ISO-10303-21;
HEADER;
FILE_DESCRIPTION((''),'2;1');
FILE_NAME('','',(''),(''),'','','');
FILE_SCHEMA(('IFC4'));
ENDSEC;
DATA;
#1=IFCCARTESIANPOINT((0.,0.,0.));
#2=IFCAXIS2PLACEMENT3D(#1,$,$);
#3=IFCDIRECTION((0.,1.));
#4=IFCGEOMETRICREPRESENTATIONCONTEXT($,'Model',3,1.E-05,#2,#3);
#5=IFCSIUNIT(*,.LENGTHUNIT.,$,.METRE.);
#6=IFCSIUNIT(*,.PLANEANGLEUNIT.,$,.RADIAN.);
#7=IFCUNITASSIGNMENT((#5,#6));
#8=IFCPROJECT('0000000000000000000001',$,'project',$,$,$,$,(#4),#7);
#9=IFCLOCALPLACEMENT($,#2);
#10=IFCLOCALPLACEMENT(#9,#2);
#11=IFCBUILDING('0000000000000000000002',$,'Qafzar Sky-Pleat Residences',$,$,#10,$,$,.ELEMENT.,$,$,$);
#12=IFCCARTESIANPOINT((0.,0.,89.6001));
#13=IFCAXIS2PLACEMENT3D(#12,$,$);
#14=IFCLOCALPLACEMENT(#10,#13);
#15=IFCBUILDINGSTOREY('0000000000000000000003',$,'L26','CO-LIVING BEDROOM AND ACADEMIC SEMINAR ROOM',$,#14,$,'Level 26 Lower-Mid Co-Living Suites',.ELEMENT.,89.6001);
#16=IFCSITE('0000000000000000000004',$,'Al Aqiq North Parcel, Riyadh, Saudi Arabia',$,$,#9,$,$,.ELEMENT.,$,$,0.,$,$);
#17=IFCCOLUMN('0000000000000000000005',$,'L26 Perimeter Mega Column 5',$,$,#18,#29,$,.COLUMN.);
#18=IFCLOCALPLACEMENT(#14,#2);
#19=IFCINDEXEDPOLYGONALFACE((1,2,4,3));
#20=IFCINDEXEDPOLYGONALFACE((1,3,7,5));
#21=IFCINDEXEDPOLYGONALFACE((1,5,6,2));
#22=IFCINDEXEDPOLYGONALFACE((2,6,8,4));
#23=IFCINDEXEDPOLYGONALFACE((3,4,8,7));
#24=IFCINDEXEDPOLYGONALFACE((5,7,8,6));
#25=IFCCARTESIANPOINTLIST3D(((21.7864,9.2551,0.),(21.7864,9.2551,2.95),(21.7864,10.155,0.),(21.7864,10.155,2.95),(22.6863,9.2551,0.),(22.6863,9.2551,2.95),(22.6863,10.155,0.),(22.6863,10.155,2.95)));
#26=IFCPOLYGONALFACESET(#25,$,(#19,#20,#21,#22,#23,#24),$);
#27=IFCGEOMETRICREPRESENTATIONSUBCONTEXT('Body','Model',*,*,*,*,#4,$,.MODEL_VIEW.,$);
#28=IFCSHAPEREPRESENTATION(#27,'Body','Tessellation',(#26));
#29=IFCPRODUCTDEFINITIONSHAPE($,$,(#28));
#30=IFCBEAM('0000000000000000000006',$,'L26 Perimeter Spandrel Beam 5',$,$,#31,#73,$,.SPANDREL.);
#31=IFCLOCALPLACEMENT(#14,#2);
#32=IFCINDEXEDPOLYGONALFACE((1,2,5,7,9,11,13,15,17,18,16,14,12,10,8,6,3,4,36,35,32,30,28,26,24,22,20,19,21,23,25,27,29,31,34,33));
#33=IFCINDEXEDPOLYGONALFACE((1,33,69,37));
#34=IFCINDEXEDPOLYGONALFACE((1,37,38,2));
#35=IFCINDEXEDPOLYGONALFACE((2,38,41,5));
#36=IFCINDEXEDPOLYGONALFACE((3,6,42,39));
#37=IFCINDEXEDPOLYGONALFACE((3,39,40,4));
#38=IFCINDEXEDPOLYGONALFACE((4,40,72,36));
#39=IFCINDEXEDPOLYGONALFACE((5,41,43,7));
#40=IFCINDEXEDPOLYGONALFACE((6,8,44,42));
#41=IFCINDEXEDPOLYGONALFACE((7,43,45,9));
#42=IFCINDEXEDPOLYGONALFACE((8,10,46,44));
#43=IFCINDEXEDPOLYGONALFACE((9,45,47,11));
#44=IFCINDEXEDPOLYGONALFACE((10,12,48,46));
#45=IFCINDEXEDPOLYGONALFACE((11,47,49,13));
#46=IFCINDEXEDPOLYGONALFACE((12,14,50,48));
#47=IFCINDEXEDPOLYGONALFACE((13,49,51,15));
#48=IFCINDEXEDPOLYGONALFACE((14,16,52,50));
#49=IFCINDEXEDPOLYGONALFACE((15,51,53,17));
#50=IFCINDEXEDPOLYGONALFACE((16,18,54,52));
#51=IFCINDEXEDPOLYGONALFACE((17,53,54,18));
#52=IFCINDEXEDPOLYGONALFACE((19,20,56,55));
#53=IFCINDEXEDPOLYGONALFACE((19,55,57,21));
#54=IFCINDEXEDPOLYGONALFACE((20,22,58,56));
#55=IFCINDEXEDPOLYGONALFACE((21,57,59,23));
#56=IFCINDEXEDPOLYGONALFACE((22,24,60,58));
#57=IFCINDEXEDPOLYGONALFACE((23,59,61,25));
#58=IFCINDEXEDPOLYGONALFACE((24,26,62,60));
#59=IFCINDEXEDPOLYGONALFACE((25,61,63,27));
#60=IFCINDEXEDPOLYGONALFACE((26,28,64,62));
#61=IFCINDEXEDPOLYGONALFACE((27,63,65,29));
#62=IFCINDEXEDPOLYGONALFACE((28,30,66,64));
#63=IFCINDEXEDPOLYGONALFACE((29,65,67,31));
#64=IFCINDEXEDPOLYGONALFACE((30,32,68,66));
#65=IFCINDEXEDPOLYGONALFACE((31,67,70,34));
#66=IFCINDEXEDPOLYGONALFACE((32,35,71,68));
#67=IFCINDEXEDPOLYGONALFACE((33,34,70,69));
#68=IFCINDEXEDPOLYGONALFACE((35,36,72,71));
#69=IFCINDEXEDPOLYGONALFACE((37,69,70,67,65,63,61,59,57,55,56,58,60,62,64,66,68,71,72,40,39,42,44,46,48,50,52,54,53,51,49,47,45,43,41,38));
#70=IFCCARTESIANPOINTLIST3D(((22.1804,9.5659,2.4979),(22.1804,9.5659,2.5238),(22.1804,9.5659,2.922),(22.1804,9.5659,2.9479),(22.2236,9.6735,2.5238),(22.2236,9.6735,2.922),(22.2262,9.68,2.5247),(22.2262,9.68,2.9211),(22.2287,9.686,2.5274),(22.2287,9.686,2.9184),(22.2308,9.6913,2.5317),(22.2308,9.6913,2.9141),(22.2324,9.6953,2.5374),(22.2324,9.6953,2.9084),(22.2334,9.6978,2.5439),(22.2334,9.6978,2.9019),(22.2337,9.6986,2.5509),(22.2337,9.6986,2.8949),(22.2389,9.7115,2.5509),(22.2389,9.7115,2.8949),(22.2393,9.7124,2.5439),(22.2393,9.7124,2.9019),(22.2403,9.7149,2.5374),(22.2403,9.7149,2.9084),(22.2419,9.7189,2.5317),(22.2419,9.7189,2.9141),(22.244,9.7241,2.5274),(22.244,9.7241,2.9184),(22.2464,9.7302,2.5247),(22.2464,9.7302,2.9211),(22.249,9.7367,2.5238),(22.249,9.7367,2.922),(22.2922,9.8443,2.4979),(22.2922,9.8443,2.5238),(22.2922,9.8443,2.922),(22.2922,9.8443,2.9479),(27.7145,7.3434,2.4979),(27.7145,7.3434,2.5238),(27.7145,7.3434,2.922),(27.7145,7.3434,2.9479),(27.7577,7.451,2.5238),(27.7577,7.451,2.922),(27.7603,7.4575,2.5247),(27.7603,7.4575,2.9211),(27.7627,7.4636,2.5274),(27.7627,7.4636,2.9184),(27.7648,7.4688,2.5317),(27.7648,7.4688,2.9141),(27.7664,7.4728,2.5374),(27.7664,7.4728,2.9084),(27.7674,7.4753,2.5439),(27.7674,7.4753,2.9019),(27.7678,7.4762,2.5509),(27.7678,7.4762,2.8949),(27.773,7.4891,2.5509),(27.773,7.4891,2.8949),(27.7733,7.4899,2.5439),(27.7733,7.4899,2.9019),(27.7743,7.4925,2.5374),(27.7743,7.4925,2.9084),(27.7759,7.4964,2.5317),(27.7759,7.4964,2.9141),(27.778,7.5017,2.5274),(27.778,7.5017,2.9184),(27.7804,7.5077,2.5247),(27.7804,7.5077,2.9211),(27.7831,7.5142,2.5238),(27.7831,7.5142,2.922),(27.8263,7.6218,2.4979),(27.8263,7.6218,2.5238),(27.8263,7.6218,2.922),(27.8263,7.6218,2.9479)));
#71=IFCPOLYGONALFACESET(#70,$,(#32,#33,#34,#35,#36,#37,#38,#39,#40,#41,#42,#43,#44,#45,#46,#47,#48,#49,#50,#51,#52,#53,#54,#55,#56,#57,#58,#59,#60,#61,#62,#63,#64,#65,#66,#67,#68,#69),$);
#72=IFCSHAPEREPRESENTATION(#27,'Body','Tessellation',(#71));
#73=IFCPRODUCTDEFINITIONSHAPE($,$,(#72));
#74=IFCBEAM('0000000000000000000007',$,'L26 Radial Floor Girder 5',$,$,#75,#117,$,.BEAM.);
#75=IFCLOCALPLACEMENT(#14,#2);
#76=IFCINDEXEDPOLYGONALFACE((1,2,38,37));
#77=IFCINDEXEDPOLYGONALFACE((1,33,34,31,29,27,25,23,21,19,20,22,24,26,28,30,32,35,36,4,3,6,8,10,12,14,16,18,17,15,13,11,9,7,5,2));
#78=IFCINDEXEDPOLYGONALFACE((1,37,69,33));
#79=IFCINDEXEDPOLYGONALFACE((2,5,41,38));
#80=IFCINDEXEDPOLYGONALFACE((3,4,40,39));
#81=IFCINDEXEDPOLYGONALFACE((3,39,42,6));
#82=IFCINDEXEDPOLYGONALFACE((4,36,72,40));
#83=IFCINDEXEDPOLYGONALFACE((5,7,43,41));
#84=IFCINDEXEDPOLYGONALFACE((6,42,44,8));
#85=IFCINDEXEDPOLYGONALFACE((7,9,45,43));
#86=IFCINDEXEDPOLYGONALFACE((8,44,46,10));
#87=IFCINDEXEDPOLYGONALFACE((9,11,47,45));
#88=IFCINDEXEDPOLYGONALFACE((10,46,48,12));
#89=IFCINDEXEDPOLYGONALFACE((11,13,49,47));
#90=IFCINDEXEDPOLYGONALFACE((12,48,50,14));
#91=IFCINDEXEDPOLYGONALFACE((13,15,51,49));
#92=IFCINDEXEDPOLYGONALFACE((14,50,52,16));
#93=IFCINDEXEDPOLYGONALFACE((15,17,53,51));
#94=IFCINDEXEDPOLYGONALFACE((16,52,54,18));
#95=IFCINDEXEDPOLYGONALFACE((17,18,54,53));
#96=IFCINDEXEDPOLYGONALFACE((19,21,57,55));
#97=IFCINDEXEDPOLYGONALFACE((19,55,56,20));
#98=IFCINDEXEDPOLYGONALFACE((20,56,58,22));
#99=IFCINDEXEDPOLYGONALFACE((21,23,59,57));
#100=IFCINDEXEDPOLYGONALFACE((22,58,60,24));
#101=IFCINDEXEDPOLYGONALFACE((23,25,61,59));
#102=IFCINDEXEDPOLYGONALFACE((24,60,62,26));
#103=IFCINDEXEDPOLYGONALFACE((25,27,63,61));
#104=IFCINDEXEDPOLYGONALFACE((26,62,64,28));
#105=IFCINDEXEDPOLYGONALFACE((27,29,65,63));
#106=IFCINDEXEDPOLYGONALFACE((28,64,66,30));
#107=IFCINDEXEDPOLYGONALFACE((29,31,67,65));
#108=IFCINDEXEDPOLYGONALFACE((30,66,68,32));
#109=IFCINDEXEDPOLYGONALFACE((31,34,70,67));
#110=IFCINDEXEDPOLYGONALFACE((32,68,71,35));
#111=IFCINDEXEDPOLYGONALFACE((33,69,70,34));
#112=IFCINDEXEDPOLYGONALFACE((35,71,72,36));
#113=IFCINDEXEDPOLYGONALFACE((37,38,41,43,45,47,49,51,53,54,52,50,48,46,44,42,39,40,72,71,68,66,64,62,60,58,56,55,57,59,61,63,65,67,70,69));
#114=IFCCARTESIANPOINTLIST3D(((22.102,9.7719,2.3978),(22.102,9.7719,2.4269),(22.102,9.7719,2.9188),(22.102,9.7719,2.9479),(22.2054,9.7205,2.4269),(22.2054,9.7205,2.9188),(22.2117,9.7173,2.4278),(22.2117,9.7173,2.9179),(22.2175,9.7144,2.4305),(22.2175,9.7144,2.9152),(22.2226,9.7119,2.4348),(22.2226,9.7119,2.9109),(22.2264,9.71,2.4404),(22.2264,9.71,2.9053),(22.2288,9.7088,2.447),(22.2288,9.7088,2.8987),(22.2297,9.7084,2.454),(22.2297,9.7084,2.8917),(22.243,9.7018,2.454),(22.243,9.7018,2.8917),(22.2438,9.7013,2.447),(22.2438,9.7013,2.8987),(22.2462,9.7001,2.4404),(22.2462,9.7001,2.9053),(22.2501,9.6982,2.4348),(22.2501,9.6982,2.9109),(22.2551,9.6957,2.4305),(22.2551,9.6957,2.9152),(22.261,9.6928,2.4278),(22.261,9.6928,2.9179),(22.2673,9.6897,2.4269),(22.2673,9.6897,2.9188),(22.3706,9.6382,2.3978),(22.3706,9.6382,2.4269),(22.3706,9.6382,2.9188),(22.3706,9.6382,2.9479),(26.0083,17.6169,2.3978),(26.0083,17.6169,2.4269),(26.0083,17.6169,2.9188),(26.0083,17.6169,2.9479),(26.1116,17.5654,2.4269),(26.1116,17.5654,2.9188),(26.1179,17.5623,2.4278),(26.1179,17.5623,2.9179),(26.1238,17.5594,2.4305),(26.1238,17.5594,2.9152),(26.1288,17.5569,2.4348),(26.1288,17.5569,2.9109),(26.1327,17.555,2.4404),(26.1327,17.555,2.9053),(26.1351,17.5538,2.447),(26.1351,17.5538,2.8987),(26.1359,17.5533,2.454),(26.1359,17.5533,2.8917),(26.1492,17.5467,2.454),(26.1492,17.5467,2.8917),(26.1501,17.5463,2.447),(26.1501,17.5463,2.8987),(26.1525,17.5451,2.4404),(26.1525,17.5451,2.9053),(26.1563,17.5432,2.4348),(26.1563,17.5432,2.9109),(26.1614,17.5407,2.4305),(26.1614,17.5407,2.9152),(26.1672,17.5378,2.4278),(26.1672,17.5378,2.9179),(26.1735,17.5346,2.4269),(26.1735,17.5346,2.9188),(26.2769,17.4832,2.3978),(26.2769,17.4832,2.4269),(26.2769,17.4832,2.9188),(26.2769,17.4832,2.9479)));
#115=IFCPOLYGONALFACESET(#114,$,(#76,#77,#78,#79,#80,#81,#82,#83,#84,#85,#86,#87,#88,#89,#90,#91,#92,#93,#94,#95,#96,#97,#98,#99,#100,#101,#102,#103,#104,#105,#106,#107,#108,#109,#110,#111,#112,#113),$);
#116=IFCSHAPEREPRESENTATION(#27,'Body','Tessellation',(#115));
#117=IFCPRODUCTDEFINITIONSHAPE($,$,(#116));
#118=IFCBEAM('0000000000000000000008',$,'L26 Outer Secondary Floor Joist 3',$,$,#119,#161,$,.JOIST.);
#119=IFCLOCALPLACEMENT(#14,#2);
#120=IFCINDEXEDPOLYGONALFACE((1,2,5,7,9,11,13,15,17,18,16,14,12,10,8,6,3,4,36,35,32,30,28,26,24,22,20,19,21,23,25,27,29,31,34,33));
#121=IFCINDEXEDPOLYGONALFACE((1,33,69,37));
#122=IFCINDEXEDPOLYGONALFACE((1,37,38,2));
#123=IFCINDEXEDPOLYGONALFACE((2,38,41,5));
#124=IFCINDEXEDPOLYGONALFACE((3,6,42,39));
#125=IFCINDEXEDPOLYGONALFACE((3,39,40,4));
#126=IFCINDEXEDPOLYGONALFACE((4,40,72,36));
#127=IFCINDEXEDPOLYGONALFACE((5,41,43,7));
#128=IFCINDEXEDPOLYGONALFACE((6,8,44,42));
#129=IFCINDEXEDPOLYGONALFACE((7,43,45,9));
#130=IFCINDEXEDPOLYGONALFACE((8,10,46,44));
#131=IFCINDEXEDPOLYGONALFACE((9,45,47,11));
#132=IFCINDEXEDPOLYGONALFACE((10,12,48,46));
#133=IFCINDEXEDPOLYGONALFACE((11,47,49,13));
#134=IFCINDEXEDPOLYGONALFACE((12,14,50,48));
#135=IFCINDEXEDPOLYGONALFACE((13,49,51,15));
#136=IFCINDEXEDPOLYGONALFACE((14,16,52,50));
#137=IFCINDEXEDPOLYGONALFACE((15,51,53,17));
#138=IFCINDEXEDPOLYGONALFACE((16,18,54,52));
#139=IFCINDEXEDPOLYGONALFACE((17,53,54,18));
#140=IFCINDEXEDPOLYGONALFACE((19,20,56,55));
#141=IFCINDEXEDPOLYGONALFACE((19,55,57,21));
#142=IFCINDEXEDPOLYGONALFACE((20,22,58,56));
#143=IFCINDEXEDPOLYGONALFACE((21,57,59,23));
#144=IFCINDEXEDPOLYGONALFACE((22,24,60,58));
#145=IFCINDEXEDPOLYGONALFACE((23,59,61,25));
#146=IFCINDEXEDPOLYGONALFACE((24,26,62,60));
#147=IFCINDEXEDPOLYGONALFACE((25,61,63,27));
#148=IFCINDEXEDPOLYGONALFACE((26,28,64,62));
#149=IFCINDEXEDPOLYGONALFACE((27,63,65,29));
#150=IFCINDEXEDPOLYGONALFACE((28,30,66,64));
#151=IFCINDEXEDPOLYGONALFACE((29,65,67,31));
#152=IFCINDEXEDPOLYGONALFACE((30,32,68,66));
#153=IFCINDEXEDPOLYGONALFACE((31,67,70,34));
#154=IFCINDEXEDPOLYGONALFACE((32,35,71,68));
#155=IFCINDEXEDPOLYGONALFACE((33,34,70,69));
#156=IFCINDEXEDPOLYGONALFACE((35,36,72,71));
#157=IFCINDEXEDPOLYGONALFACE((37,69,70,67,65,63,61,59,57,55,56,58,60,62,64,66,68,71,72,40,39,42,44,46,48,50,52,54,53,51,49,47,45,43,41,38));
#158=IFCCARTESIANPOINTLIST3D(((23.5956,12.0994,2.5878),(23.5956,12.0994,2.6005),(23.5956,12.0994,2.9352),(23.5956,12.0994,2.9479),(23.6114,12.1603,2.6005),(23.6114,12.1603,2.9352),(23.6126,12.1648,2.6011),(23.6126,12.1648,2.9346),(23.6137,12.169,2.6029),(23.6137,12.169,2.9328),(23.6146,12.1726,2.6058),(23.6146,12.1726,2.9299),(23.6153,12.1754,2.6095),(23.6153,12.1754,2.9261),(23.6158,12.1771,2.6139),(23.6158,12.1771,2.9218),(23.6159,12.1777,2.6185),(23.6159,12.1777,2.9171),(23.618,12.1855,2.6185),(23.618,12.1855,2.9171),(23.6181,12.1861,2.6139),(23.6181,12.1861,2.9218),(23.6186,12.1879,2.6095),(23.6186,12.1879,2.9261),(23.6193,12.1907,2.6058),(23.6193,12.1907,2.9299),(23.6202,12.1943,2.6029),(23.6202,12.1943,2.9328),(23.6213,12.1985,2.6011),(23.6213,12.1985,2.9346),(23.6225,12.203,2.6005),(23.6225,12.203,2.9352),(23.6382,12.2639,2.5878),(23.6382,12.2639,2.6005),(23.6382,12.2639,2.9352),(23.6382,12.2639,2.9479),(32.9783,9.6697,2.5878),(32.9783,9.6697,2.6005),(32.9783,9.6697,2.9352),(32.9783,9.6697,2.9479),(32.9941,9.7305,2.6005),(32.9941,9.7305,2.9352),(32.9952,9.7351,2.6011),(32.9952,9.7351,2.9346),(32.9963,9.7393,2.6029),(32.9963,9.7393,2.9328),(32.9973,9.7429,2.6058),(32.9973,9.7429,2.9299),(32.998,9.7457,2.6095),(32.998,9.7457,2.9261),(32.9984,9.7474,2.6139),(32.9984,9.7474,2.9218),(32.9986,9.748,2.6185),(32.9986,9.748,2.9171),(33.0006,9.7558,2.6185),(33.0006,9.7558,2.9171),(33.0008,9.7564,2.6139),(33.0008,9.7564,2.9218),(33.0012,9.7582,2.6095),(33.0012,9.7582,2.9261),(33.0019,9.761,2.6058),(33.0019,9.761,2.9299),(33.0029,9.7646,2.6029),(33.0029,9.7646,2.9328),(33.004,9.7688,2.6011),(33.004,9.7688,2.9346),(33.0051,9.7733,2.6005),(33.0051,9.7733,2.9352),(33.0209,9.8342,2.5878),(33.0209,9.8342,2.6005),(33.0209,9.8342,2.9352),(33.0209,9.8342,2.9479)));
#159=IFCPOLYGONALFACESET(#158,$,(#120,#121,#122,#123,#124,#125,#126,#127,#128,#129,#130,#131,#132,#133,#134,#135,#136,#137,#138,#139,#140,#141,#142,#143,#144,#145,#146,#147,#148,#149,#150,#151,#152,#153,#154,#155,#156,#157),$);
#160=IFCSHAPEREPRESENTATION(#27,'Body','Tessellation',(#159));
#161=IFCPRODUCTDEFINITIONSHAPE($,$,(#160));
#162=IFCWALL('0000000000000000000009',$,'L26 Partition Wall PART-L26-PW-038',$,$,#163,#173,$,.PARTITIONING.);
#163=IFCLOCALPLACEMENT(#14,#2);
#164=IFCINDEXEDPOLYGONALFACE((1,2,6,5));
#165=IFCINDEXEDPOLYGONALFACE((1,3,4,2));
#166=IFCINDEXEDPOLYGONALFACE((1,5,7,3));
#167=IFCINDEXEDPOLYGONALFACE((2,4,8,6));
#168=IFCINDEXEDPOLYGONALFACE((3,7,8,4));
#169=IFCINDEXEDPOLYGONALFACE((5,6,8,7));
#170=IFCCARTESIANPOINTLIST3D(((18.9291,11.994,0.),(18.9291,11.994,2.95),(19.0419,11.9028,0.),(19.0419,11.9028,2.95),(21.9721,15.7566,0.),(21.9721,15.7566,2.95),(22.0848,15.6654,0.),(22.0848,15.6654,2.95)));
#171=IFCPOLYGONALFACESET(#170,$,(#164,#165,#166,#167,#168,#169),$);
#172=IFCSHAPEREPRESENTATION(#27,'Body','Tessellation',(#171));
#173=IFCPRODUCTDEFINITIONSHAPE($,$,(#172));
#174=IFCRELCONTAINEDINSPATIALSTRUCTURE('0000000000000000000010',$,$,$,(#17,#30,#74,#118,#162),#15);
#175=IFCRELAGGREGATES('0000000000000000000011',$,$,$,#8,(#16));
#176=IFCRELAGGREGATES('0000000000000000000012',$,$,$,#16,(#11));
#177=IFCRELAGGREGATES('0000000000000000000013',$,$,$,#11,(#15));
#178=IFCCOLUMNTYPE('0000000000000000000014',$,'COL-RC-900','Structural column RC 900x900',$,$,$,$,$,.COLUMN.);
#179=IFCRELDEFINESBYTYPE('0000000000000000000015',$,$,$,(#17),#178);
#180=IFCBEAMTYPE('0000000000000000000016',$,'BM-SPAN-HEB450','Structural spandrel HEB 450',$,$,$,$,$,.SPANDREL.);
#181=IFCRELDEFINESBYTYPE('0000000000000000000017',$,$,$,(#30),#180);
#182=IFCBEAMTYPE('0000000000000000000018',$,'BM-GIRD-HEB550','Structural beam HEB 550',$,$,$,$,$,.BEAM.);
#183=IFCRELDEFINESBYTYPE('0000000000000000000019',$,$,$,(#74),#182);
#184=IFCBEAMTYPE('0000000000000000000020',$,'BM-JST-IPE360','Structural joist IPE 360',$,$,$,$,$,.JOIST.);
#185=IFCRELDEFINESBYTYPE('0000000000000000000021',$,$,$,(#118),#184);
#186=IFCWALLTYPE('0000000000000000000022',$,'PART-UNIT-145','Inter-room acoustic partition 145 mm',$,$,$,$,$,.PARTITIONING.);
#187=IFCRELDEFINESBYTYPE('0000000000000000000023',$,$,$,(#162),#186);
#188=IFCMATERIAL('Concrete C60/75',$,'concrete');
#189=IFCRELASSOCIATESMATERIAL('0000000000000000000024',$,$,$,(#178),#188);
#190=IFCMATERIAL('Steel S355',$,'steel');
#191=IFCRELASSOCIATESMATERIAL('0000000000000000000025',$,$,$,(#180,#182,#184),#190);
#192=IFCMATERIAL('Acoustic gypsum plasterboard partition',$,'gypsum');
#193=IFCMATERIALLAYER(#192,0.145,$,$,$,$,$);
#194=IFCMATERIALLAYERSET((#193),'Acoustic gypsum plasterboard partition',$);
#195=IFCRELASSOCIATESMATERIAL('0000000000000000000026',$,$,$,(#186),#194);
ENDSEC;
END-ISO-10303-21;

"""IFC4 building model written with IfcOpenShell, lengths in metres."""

from ifc_helpers import new_model, si_unit, direction, frame, frame_2d, origin, origin_2d, place, context, subcontext, project, spatial, rectangle, i_section, extrude, source, transform, mapped, material, layer, layer_set, material_profile, profile_set, type_object, element, save


model = new_model("IFC4")

# Units and contexts
model_context = context("Model", 3, precision=1e-05, world=origin(), true_north=direction((0.0, 1.0)))
body_context = subcontext(model_context, "Body", "Model", "MODEL_VIEW")
ifc_project = project(units=[si_unit("LENGTHUNIT", "METRE"), si_unit("PLANEANGLEUNIT", "RADIAN")], contexts=[model_context])

# Site, building, storey
site_placement = place(None, origin())
site = spatial("IfcSite", under=ifc_project, at=site_placement, Name="Al Aqiq North Parcel, Riyadh, Saudi Arabia", CompositionType="ELEMENT", RefElevation=0.0)
building_placement = place(site_placement, origin())
building = spatial("IfcBuilding", under=site, at=building_placement, Name="Qafzar Sky-Pleat Residences", CompositionType="ELEMENT")
storey_placement = place(building_placement, frame((0.0, 0.0, 89.6001)))
storey = spatial("IfcBuildingStorey", under=building, at=storey_placement, Name="L26", Description="CO-LIVING BEDROOM AND ACADEMIC SEMINAR ROOM", LongName="Level 26 Lower-Mid Co-Living Suites", CompositionType="ELEMENT", Elevation=89.6001)

# Column
ifc_material_1 = material(Name="Concrete C60/75", Category="concrete")
ifc_material_profile_1 = material_profile(ifc_material_1, rectangle(XDim=0.8999, YDim=0.8999, at=origin_2d()), Name="RC 900x900")
ifc_profile_set_1 = profile_set([ifc_material_profile_1], Name="Concrete C60/75")
column_type = type_object("IfcColumnType", Name="COL-RC-900", Description="Structural column RC 900x900", PredefinedType="COLUMN", material=ifc_profile_set_1)
shared_shape_1 = source(origin(), body_context, "Body", "SweptSolid", [
    extrude(rectangle(XDim=0.8999, YDim=0.8999, at=origin_2d()), origin(), (0.0, 0.0, 1.0), 2.95),
])
column_placement = place(storey_placement, frame((22.2363, 9.7051, 0.0), z_axis=(0.0, 0.0, 1.0), x_axis=(1.0, 0.0, 0.0)))
element("IfcColumn", 1, at=column_placement, inside=storey, type_object=column_type, Name="L26 Perimeter Mega Column 5", PredefinedType="COLUMN", context=body_context, shape_type="MappedRepresentation", body=[
    mapped(shared_shape_1, transform((0.0, 0.0, 0.0), x_axis=(1.0, 0.0, 0.0), y_axis=(0.0, 1.0, 0.0), z_axis=(0.0, 0.0, 1.0), scale=1.0)),
])

# Beams
ifc_material_2 = material(Name="Steel S355", Category="steel")
ifc_material_profile_2 = material_profile(ifc_material_2, i_section(OverallWidth=0.3, OverallDepth=0.45, WebThickness=0.0139, FlangeThickness=0.0259, FilletRadius=0.0271, at=origin_2d()), Name="HEB 450")
ifc_profile_set_2 = profile_set([ifc_material_profile_2], Name="Steel S355")
beam_type_1 = type_object("IfcBeamType", Name="BM-SPAN-HEB450", Description="Structural spandrel HEB 450", PredefinedType="SPANDREL", material=ifc_profile_set_2)
shared_shape_2 = source(origin(), body_context, "Body", "SweptSolid", [
    extrude(i_section(OverallWidth=0.3, OverallDepth=0.45, WebThickness=0.0139, FlangeThickness=0.0259, FilletRadius=0.0271, at=origin_2d()), origin(), (0.0, 0.0, 1.0), 5.9636),
])
beam_1_placement = place(storey_placement, frame((22.2363, 9.7051, 2.7229), z_axis=(0.927965, -0.372668, 0.0), x_axis=(0.372668, 0.927965, 0.0)))
element("IfcBeam", 2, at=beam_1_placement, inside=storey, type_object=beam_type_1, Name="L26 Perimeter Spandrel Beam 5", PredefinedType="SPANDREL", context=body_context, shape_type="MappedRepresentation", body=[
    mapped(shared_shape_2, transform((0.0, 0.0, 0.0), x_axis=(1.0, 0.0, 0.0), y_axis=(0.0, 1.0, 0.0), z_axis=(0.0, 0.0, 1.0), scale=1.0)),
])
ifc_material_profile_3 = material_profile(ifc_material_2, i_section(OverallWidth=0.3, OverallDepth=0.55, WebThickness=0.0149, FlangeThickness=0.0291, FilletRadius=0.0271, at=origin_2d()), Name="HEB 550")
ifc_profile_set_3 = profile_set([ifc_material_profile_3], Name="Steel S355")
beam_type_2 = type_object("IfcBeamType", Name="BM-GIRD-HEB550", Description="Structural beam HEB 550", PredefinedType="BEAM", material=ifc_profile_set_3)
shared_shape_3 = source(origin(), body_context, "Body", "SweptSolid", [
    extrude(i_section(OverallWidth=0.3, OverallDepth=0.55, WebThickness=0.0149, FlangeThickness=0.0291, FilletRadius=0.0271, at=origin_2d()), origin(), (0.0, 0.0, 1.0), 8.7637),
])
beam_2_placement = place(storey_placement, frame((22.2363, 9.7051, 2.6729), z_axis=(0.445731, 0.895167, 0.0), x_axis=(-0.895167, 0.445731, 0.0)))
element("IfcBeam", 3, at=beam_2_placement, inside=storey, type_object=beam_type_2, Name="L26 Radial Floor Girder 5", PredefinedType="BEAM", context=body_context, shape_type="MappedRepresentation", body=[
    mapped(shared_shape_3, transform((0.0, 0.0, 0.0), x_axis=(1.0, 0.0, 0.0), y_axis=(0.0, 1.0, 0.0), z_axis=(0.0, 0.0, 1.0), scale=1.0)),
])
ifc_material_profile_4 = material_profile(ifc_material_2, i_section(OverallWidth=0.1699, OverallDepth=0.3601, WebThickness=0.0081, FlangeThickness=0.0127, FilletRadius=0.0181, at=origin_2d()), Name="IPE 360")
ifc_profile_set_4 = profile_set([ifc_material_profile_4], Name="Steel S355")
beam_type_3 = type_object("IfcBeamType", Name="BM-JST-IPE360", Description="Structural joist IPE 360", PredefinedType="JOIST", material=ifc_profile_set_4)
shared_shape_4 = source(origin(), body_context, "Body", "SweptSolid", [
    extrude(i_section(OverallWidth=0.1699, OverallDepth=0.3601, WebThickness=0.0081, FlangeThickness=0.0127, FilletRadius=0.0181, at=origin_2d()), origin(), (0.0, 0.0, 1.0), 9.6921),
])
beam_3_placement = place(storey_placement, frame((23.6169, 12.1816, 2.7678), z_axis=(0.968068, -0.250689, 0.0), x_axis=(0.250689, 0.968068, 0.0)))
element("IfcBeam", 4, at=beam_3_placement, inside=storey, type_object=beam_type_3, Name="L26 Outer Secondary Floor Joist 3", PredefinedType="JOIST", context=body_context, shape_type="MappedRepresentation", body=[
    mapped(shared_shape_4, transform((0.0, 0.0, 0.0), x_axis=(1.0, 0.0, 0.0), y_axis=(0.0, 1.0, 0.0), z_axis=(0.0, 0.0, 1.0), scale=1.0)),
])

# Wall
ifc_material_3 = material(Name="Acoustic gypsum plasterboard partition", Category="gypsum")
ifc_layer_1 = layer(ifc_material_3, 0.145)
ifc_layer_set_1 = layer_set([ifc_layer_1], Name="Acoustic gypsum plasterboard partition")
wall_type_1 = type_object("IfcWallType", Name="PART-UNIT-145", Description="Inter-room acoustic partition 145 mm", PredefinedType="PARTITIONING", material=ifc_layer_set_1)
wall_1_placement = place(storey_placement, frame((18.9856, 11.9485, 0.0), z_axis=(0.0, 0.0, 1.0), x_axis=(0.628821, 0.77755, 0.0)))
element("IfcWall", 5, at=wall_1_placement, inside=storey, type_object=wall_type_1, Name="L26 Partition Wall PART-L26-PW-038", PredefinedType="PARTITIONING", context=body_context, shape_type="SweptSolid", body=[
    extrude(rectangle(XDim=4.8391, YDim=0.145, at=frame_2d((2.4194, 0.0))), origin(), (0.0, 0.0, 1.0), 2.95),
])

save(model, "model.ifc")
